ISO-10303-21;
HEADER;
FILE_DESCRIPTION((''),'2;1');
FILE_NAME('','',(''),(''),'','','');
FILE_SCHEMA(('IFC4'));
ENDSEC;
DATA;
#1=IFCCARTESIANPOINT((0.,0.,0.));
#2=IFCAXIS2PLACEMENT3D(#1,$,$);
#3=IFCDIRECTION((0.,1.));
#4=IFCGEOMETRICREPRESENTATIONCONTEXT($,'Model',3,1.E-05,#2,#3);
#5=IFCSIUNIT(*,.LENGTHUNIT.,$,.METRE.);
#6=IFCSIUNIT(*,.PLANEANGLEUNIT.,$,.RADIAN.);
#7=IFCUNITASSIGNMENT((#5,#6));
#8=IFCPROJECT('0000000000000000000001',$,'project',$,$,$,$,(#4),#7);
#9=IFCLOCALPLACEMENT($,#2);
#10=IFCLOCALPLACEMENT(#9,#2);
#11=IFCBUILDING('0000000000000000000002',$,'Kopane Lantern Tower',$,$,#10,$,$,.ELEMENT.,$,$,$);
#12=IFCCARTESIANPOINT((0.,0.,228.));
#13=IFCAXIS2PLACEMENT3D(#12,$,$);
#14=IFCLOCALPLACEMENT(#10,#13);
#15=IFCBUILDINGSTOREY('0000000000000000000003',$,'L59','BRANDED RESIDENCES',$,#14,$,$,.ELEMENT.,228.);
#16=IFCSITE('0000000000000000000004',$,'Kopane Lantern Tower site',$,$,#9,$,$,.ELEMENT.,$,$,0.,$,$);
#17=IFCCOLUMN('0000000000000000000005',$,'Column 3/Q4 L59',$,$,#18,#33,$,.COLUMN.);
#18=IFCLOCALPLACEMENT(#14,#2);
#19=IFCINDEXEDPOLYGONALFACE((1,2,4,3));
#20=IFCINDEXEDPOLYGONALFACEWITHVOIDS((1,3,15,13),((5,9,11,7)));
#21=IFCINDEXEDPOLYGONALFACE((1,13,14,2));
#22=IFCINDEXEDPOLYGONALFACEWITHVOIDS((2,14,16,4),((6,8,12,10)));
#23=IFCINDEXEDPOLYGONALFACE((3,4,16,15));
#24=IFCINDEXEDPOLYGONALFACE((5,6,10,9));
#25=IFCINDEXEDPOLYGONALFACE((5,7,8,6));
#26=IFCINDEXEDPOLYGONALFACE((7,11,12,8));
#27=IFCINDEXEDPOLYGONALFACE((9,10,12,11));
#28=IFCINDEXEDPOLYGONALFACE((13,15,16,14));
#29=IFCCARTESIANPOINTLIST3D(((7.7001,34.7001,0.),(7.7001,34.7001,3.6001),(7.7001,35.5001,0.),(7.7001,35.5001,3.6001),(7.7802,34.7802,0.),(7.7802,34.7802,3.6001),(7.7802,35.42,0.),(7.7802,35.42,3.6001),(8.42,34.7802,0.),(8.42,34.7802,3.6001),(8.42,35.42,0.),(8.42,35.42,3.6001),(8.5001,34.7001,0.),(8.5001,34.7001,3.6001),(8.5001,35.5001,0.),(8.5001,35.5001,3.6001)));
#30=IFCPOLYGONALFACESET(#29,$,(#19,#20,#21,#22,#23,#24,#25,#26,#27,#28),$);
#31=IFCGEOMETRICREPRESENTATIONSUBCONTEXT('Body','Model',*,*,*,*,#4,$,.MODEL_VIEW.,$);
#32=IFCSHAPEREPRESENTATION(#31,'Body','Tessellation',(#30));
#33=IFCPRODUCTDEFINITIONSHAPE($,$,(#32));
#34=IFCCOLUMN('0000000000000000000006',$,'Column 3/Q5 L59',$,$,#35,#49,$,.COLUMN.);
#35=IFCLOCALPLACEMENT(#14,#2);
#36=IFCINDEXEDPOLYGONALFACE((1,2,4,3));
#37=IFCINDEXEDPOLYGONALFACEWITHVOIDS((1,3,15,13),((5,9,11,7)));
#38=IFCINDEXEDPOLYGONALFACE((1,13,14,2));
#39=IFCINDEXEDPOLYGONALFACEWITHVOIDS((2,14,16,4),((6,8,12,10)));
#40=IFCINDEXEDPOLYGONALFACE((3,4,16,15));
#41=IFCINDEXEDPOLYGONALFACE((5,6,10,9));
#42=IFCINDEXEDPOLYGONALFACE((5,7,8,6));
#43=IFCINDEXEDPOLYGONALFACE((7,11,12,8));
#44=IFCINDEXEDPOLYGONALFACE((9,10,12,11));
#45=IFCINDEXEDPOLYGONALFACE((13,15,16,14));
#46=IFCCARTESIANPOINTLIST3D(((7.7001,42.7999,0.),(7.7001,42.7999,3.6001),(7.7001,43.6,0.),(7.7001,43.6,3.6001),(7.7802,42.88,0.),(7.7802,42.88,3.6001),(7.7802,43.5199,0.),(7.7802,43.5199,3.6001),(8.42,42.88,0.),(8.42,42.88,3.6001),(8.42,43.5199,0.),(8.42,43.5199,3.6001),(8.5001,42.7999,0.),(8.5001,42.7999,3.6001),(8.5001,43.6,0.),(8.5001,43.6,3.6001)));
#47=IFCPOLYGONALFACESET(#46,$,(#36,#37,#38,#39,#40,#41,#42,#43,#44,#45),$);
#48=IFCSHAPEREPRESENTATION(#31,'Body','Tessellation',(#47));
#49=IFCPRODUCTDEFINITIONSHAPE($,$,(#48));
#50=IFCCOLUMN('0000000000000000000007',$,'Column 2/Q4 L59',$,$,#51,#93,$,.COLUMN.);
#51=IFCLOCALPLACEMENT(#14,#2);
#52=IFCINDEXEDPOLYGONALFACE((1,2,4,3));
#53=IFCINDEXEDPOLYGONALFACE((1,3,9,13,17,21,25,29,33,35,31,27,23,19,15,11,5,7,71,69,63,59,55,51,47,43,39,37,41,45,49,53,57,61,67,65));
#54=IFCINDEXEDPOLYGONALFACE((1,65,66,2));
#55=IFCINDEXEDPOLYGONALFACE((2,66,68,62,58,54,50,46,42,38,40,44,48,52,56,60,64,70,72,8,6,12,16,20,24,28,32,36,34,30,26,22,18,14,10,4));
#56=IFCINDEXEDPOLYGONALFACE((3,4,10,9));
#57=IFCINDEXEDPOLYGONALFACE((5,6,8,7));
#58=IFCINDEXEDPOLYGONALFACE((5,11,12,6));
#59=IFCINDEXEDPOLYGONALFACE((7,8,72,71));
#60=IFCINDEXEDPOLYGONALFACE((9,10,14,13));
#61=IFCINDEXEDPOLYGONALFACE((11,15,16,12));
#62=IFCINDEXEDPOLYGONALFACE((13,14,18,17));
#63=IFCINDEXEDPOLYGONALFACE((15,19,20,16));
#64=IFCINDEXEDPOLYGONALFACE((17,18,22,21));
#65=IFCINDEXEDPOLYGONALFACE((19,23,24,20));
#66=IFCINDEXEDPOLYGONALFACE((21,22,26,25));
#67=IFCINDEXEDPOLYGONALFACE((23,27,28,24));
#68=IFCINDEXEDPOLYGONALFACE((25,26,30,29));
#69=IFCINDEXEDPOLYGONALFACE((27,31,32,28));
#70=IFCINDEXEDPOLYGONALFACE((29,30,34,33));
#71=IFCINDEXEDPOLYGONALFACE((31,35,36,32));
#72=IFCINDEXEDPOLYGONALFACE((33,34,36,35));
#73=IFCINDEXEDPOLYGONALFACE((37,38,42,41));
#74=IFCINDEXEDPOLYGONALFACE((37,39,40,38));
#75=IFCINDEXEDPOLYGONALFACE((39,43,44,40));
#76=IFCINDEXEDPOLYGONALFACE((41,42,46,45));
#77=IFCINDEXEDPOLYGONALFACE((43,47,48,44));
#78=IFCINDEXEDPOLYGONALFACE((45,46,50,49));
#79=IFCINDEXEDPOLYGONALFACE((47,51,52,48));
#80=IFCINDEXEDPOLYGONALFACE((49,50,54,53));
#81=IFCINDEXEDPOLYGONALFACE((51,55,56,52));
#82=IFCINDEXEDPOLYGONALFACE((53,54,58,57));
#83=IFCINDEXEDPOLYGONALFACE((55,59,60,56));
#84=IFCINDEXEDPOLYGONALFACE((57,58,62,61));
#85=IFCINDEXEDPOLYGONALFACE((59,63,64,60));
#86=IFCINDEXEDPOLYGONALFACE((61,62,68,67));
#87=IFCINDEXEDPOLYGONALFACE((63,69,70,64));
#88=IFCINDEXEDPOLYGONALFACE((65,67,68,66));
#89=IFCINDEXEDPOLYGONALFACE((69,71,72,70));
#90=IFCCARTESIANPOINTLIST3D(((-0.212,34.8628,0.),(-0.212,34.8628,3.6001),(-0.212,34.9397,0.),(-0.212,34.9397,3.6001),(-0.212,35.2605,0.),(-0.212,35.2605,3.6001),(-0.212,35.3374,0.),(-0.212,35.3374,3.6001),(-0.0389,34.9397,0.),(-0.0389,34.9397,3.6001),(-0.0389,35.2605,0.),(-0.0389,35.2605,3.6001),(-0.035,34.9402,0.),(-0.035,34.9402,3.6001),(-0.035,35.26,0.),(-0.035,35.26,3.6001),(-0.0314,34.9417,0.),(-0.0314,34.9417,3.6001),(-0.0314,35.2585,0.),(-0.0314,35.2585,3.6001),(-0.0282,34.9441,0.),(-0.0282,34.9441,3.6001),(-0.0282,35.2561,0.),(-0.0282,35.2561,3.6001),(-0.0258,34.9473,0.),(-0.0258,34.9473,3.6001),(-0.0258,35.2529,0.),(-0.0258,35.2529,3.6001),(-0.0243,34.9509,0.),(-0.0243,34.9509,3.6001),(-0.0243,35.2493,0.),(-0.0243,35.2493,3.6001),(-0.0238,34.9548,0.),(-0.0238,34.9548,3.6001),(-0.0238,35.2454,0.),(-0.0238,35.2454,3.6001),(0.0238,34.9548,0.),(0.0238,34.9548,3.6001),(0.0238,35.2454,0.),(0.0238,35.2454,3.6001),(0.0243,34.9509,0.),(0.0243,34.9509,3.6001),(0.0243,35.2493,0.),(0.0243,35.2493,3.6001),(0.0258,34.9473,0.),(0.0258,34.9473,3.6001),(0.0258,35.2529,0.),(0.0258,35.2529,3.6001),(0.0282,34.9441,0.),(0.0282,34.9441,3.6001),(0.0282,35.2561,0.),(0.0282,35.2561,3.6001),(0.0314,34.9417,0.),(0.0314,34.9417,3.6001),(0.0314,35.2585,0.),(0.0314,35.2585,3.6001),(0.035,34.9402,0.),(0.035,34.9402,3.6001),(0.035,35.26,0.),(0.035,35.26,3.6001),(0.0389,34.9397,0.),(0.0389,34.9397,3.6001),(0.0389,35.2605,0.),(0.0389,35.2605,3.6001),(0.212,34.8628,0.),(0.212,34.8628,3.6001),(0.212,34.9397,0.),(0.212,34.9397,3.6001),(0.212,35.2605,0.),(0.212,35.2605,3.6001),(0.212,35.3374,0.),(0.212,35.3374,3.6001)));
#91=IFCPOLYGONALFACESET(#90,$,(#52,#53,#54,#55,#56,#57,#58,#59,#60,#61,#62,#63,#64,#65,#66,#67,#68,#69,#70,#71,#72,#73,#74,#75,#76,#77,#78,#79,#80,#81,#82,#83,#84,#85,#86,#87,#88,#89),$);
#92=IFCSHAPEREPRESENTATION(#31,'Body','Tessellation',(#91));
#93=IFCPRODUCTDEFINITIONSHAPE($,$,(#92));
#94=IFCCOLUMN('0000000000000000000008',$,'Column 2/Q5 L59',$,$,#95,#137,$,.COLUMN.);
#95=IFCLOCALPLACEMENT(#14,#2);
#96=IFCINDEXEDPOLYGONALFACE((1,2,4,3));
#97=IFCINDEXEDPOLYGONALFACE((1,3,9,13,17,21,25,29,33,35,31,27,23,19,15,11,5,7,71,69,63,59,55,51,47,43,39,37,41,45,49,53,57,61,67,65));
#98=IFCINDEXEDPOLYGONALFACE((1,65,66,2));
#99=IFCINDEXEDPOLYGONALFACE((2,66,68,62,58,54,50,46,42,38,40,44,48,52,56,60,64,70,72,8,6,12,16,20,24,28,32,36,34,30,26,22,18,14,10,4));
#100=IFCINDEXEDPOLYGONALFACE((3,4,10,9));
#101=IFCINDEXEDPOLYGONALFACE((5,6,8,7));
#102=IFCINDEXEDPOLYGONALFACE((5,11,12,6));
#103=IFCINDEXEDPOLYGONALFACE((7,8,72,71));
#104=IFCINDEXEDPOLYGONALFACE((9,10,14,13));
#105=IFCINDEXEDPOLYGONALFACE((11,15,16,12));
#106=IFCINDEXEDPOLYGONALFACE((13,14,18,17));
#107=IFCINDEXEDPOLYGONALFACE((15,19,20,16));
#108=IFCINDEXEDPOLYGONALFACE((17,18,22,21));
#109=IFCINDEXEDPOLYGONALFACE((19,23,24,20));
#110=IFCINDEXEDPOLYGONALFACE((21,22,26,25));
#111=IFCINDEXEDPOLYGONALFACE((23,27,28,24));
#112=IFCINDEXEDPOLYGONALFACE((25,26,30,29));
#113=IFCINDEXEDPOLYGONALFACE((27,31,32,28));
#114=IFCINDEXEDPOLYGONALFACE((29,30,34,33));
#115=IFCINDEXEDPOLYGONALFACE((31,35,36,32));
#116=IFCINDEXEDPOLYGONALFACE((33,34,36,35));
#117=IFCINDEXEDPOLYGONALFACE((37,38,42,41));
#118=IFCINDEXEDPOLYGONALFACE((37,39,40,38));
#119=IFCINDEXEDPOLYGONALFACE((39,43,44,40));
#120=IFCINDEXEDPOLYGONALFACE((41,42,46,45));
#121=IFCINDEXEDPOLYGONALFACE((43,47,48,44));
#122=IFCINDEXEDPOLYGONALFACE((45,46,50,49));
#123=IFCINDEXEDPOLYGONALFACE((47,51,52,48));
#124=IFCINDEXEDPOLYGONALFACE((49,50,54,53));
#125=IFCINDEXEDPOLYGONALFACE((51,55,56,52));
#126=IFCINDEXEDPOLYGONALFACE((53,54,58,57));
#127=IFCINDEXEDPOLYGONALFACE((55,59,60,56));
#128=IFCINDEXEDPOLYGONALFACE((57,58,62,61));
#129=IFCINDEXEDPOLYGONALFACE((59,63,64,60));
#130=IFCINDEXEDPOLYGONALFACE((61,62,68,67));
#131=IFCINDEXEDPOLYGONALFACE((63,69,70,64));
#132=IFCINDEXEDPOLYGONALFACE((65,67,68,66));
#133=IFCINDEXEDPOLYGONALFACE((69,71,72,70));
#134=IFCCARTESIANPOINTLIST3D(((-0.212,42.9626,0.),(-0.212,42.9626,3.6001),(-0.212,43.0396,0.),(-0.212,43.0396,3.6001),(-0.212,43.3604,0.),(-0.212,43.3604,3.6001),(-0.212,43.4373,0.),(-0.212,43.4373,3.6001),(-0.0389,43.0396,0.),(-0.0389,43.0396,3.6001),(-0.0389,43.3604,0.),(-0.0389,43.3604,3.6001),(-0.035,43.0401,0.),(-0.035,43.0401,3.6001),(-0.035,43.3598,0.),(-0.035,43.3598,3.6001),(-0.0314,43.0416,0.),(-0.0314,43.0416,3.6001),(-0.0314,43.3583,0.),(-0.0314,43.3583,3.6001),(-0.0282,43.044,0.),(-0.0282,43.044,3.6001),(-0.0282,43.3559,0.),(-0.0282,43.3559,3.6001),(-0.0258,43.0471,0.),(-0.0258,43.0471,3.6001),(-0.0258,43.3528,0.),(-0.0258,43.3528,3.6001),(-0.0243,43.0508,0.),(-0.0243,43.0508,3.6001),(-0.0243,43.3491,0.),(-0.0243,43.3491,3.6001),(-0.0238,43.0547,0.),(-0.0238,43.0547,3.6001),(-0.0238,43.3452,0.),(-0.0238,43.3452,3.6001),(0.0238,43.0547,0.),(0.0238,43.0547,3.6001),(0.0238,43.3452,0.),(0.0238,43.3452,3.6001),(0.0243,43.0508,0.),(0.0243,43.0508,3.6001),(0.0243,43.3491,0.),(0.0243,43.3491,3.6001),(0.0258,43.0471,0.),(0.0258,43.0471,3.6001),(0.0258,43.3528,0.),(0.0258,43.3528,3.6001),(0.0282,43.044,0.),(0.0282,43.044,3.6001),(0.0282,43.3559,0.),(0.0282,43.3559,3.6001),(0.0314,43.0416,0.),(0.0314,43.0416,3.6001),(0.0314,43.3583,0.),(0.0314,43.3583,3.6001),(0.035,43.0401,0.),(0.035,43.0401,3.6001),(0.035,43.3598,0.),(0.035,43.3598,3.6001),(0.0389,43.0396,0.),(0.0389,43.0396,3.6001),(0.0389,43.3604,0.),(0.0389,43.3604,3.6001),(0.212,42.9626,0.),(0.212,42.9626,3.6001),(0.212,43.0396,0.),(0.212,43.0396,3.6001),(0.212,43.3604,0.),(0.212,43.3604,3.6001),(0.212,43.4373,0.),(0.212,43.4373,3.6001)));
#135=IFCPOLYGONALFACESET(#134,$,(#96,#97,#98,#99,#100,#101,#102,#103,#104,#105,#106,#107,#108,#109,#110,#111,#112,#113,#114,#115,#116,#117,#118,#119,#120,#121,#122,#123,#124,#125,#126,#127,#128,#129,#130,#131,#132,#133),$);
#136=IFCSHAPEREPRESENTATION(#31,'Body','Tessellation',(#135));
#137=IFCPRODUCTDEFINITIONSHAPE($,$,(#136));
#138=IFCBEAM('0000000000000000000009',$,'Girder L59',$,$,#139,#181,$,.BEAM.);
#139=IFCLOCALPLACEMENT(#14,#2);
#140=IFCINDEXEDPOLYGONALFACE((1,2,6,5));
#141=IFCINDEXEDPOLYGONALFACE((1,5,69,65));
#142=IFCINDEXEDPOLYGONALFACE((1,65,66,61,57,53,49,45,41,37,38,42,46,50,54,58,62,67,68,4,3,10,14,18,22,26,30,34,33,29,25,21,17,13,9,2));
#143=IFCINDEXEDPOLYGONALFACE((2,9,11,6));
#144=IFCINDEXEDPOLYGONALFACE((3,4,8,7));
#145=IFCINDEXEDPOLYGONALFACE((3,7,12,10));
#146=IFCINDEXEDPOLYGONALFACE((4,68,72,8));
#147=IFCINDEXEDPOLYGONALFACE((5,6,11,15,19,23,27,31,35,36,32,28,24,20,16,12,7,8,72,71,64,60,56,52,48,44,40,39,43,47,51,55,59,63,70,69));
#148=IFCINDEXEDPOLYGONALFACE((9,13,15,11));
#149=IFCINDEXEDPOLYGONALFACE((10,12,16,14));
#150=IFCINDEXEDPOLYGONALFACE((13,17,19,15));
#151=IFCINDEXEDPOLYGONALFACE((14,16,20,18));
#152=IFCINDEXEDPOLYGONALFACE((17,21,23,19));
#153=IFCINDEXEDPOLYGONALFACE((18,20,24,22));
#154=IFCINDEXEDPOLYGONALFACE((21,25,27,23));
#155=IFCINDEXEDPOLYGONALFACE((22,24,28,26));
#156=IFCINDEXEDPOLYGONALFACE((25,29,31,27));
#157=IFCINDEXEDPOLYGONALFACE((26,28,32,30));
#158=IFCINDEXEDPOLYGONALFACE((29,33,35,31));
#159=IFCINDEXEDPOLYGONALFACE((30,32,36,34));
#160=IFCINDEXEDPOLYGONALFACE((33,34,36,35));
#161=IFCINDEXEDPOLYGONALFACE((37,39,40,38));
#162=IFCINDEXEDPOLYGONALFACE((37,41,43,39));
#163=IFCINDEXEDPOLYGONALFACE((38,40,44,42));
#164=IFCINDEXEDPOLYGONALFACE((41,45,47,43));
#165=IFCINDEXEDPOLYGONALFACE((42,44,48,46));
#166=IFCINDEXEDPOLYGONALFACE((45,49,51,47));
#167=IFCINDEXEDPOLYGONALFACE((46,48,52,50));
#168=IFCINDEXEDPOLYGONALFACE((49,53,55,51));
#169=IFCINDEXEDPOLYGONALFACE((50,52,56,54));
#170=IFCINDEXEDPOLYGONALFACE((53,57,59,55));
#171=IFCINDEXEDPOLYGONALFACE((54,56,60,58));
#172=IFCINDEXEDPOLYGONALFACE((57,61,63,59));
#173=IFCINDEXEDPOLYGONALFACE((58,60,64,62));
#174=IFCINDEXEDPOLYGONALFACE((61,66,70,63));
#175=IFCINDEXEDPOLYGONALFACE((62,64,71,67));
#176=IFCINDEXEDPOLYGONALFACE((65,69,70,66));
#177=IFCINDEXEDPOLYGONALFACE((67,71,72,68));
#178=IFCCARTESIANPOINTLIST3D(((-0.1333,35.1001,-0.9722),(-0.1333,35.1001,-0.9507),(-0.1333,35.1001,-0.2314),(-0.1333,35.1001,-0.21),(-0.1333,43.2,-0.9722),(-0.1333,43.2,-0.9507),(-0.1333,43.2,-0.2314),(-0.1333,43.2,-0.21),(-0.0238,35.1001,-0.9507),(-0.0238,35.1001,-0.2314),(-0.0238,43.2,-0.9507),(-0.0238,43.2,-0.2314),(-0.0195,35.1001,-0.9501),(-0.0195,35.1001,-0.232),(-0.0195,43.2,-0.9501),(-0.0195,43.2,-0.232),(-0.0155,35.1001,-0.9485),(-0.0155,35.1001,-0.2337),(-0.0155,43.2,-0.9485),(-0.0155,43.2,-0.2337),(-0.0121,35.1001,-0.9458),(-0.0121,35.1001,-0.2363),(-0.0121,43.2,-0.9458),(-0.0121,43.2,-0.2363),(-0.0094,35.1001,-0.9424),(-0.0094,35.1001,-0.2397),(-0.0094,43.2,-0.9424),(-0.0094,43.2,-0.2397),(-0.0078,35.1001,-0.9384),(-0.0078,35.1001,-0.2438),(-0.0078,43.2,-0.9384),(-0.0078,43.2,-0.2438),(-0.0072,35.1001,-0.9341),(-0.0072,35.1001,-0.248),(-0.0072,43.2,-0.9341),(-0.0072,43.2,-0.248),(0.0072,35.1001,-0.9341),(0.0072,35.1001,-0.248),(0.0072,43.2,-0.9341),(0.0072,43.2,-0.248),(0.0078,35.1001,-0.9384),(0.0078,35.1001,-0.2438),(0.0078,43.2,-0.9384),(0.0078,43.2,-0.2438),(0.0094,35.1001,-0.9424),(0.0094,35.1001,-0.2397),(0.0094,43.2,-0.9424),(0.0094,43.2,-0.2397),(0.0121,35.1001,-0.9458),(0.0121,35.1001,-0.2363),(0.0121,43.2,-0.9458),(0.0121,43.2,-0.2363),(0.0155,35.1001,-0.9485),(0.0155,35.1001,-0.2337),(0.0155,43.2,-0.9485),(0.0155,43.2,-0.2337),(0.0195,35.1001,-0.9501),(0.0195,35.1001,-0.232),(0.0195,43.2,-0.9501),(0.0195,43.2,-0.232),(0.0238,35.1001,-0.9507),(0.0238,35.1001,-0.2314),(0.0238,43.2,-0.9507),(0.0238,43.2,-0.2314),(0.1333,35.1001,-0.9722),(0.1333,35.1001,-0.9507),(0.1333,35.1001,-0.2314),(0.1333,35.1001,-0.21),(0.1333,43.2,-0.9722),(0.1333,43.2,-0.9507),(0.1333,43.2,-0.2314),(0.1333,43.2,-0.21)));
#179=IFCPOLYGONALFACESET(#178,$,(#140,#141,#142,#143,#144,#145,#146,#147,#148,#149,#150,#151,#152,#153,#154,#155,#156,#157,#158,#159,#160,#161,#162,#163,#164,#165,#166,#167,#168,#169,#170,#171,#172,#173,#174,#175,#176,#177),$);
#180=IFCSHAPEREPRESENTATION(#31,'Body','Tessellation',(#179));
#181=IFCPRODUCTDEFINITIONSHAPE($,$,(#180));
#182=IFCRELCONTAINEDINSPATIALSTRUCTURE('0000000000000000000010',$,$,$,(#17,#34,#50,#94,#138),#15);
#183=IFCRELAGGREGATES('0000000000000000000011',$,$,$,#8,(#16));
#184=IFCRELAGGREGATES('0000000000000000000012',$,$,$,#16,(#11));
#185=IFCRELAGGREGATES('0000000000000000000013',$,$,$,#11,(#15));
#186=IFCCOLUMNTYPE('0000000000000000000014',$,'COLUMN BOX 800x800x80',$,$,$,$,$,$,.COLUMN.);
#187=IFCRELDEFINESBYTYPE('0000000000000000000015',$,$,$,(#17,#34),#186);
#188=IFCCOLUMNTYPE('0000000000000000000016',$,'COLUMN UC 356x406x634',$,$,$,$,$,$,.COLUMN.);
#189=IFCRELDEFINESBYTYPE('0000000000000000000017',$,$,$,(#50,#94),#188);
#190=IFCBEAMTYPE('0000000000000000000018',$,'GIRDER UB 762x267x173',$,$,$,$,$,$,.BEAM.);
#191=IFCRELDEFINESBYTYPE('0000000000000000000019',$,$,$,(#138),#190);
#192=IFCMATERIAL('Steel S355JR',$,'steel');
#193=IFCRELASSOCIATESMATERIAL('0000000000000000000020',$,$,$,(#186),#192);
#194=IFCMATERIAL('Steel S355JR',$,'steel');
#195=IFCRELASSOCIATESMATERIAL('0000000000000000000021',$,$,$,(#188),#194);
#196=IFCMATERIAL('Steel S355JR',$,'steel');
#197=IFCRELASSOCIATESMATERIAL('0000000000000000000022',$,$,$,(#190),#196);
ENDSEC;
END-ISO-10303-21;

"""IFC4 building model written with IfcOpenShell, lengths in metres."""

from ifc_helpers import new_model, si_unit, direction, frame, origin, origin_2d, place, context, subcontext, project, spatial, hollow_rectangle, i_section, extrude, material, material_profile, profile_set, type_object, element, save


model = new_model("IFC4")

# Units and contexts
model_context = context("Model", 3, precision=1e-05, world=origin(), true_north=direction((0.0, 1.0)))
body_context = subcontext(model_context, "Body", "Model", "MODEL_VIEW")
ifc_project = project(units=[si_unit("LENGTHUNIT", "METRE"), si_unit("PLANEANGLEUNIT", "RADIAN")], contexts=[model_context])

# Site, building, storey
site_placement = place(None, origin())
site = spatial("IfcSite", under=ifc_project, at=site_placement, Name="Kopane Lantern Tower site", CompositionType="ELEMENT", RefElevation=0.0)
building_placement = place(site_placement, origin())
building = spatial("IfcBuilding", under=site, at=building_placement, Name="Kopane Lantern Tower", CompositionType="ELEMENT")
storey_placement = place(building_placement, frame((0.0, 0.0, 228.0)))
storey = spatial("IfcBuildingStorey", under=building, at=storey_placement, Name="L59", Description="BRANDED RESIDENCES", CompositionType="ELEMENT", Elevation=228.0)

# Columns
ifc_material_1 = material(Name="Steel S355JR", Category="steel")
ifc_material_profile_1 = material_profile(ifc_material_1, hollow_rectangle(XDim=0.8, YDim=0.8, WallThickness=0.0801, at=origin_2d()), Name="BOX 800x800x80")
ifc_profile_set_1 = profile_set([ifc_material_profile_1], Name="Steel S355JR")
column_type_1 = type_object("IfcColumnType", Name="COLUMN BOX 800x800x80", PredefinedType="COLUMN", material=ifc_profile_set_1)
for number, where, z_axis, x_axis, name in (
    (1, (8.1001, 35.1001, 0.0), (0.0, 0.0, 1.0), (1.0, 0.0, 0.0), "Column 3/Q4 L59"),
    (2, (8.1001, 43.2, 0.0), (0.0, 0.0, 1.0), (1.0, 0.0, 0.0), "Column 3/Q5 L59"),
):
    element("IfcColumn", number, at=place(storey_placement, frame(where, z_axis=z_axis, x_axis=x_axis)), inside=storey, type_object=column_type_1, Name=name, PredefinedType="COLUMN", context=body_context, shape_type="SweptSolid", body=[
        extrude(hollow_rectangle(XDim=0.8, YDim=0.8, WallThickness=0.0801, at=origin_2d()), origin(), (0.0, 0.0, 1.0), 3.6001),
    ])
ifc_material_2 = material(Name="Steel S355JR", Category="steel")
ifc_material_profile_2 = material_profile(ifc_material_2, i_section(OverallWidth=0.4241, OverallDepth=0.4746, WebThickness=0.0476, FlangeThickness=0.0769, FilletRadius=0.0151, at=origin_2d()), Name="UC 356x406x634")
ifc_profile_set_2 = profile_set([ifc_material_profile_2], Name="Steel S355JR")
column_type_2 = type_object("IfcColumnType", Name="COLUMN UC 356x406x634", PredefinedType="COLUMN", material=ifc_profile_set_2)
for number, where, z_axis, x_axis, name in (
    (3, (0.0, 35.1001, 0.0), (0.0, 0.0, 1.0), (1.0, 0.0, 0.0), "Column 2/Q4 L59"),
    (4, (0.0, 43.2, 0.0), (0.0, 0.0, 1.0), (1.0, 0.0, 0.0), "Column 2/Q5 L59"),
):
    element("IfcColumn", number, at=place(storey_placement, frame(where, z_axis=z_axis, x_axis=x_axis)), inside=storey, type_object=column_type_2, Name=name, PredefinedType="COLUMN", context=body_context, shape_type="SweptSolid", body=[
        extrude(i_section(OverallWidth=0.4241, OverallDepth=0.4746, WebThickness=0.0476, FlangeThickness=0.0769, FilletRadius=0.0151, at=origin_2d()), origin(), (0.0, 0.0, 1.0), 3.6001),
    ])

# Beam
ifc_material_3 = material(Name="Steel S355JR", Category="steel")
ifc_material_profile_3 = material_profile(ifc_material_3, i_section(OverallWidth=0.2666, OverallDepth=0.7622, WebThickness=0.0144, FlangeThickness=0.0215, FilletRadius=0.0166, at=origin_2d()), Name="UB 762x267x173")
ifc_profile_set_3 = profile_set([ifc_material_profile_3], Name="Steel S355JR")
beam_type = type_object("IfcBeamType", Name="GIRDER UB 762x267x173", PredefinedType="BEAM", material=ifc_profile_set_3)
beam_1_placement = place(storey_placement, frame((0.0, 35.1001, -0.5911), z_axis=(0.0, 1.0, 0.0), x_axis=(-1.0, 0.0, 0.0)))
element("IfcBeam", 5, at=beam_1_placement, inside=storey, type_object=beam_type, Name="Girder L59", PredefinedType="BEAM", context=body_context, shape_type="SweptSolid", body=[
    extrude(i_section(OverallWidth=0.2666, OverallDepth=0.7622, WebThickness=0.0144, FlangeThickness=0.0215, FilletRadius=0.0166, at=origin_2d()), origin(), (0.0, 0.0, 1.0), 8.0999),
])

save(model, "model.ifc")
